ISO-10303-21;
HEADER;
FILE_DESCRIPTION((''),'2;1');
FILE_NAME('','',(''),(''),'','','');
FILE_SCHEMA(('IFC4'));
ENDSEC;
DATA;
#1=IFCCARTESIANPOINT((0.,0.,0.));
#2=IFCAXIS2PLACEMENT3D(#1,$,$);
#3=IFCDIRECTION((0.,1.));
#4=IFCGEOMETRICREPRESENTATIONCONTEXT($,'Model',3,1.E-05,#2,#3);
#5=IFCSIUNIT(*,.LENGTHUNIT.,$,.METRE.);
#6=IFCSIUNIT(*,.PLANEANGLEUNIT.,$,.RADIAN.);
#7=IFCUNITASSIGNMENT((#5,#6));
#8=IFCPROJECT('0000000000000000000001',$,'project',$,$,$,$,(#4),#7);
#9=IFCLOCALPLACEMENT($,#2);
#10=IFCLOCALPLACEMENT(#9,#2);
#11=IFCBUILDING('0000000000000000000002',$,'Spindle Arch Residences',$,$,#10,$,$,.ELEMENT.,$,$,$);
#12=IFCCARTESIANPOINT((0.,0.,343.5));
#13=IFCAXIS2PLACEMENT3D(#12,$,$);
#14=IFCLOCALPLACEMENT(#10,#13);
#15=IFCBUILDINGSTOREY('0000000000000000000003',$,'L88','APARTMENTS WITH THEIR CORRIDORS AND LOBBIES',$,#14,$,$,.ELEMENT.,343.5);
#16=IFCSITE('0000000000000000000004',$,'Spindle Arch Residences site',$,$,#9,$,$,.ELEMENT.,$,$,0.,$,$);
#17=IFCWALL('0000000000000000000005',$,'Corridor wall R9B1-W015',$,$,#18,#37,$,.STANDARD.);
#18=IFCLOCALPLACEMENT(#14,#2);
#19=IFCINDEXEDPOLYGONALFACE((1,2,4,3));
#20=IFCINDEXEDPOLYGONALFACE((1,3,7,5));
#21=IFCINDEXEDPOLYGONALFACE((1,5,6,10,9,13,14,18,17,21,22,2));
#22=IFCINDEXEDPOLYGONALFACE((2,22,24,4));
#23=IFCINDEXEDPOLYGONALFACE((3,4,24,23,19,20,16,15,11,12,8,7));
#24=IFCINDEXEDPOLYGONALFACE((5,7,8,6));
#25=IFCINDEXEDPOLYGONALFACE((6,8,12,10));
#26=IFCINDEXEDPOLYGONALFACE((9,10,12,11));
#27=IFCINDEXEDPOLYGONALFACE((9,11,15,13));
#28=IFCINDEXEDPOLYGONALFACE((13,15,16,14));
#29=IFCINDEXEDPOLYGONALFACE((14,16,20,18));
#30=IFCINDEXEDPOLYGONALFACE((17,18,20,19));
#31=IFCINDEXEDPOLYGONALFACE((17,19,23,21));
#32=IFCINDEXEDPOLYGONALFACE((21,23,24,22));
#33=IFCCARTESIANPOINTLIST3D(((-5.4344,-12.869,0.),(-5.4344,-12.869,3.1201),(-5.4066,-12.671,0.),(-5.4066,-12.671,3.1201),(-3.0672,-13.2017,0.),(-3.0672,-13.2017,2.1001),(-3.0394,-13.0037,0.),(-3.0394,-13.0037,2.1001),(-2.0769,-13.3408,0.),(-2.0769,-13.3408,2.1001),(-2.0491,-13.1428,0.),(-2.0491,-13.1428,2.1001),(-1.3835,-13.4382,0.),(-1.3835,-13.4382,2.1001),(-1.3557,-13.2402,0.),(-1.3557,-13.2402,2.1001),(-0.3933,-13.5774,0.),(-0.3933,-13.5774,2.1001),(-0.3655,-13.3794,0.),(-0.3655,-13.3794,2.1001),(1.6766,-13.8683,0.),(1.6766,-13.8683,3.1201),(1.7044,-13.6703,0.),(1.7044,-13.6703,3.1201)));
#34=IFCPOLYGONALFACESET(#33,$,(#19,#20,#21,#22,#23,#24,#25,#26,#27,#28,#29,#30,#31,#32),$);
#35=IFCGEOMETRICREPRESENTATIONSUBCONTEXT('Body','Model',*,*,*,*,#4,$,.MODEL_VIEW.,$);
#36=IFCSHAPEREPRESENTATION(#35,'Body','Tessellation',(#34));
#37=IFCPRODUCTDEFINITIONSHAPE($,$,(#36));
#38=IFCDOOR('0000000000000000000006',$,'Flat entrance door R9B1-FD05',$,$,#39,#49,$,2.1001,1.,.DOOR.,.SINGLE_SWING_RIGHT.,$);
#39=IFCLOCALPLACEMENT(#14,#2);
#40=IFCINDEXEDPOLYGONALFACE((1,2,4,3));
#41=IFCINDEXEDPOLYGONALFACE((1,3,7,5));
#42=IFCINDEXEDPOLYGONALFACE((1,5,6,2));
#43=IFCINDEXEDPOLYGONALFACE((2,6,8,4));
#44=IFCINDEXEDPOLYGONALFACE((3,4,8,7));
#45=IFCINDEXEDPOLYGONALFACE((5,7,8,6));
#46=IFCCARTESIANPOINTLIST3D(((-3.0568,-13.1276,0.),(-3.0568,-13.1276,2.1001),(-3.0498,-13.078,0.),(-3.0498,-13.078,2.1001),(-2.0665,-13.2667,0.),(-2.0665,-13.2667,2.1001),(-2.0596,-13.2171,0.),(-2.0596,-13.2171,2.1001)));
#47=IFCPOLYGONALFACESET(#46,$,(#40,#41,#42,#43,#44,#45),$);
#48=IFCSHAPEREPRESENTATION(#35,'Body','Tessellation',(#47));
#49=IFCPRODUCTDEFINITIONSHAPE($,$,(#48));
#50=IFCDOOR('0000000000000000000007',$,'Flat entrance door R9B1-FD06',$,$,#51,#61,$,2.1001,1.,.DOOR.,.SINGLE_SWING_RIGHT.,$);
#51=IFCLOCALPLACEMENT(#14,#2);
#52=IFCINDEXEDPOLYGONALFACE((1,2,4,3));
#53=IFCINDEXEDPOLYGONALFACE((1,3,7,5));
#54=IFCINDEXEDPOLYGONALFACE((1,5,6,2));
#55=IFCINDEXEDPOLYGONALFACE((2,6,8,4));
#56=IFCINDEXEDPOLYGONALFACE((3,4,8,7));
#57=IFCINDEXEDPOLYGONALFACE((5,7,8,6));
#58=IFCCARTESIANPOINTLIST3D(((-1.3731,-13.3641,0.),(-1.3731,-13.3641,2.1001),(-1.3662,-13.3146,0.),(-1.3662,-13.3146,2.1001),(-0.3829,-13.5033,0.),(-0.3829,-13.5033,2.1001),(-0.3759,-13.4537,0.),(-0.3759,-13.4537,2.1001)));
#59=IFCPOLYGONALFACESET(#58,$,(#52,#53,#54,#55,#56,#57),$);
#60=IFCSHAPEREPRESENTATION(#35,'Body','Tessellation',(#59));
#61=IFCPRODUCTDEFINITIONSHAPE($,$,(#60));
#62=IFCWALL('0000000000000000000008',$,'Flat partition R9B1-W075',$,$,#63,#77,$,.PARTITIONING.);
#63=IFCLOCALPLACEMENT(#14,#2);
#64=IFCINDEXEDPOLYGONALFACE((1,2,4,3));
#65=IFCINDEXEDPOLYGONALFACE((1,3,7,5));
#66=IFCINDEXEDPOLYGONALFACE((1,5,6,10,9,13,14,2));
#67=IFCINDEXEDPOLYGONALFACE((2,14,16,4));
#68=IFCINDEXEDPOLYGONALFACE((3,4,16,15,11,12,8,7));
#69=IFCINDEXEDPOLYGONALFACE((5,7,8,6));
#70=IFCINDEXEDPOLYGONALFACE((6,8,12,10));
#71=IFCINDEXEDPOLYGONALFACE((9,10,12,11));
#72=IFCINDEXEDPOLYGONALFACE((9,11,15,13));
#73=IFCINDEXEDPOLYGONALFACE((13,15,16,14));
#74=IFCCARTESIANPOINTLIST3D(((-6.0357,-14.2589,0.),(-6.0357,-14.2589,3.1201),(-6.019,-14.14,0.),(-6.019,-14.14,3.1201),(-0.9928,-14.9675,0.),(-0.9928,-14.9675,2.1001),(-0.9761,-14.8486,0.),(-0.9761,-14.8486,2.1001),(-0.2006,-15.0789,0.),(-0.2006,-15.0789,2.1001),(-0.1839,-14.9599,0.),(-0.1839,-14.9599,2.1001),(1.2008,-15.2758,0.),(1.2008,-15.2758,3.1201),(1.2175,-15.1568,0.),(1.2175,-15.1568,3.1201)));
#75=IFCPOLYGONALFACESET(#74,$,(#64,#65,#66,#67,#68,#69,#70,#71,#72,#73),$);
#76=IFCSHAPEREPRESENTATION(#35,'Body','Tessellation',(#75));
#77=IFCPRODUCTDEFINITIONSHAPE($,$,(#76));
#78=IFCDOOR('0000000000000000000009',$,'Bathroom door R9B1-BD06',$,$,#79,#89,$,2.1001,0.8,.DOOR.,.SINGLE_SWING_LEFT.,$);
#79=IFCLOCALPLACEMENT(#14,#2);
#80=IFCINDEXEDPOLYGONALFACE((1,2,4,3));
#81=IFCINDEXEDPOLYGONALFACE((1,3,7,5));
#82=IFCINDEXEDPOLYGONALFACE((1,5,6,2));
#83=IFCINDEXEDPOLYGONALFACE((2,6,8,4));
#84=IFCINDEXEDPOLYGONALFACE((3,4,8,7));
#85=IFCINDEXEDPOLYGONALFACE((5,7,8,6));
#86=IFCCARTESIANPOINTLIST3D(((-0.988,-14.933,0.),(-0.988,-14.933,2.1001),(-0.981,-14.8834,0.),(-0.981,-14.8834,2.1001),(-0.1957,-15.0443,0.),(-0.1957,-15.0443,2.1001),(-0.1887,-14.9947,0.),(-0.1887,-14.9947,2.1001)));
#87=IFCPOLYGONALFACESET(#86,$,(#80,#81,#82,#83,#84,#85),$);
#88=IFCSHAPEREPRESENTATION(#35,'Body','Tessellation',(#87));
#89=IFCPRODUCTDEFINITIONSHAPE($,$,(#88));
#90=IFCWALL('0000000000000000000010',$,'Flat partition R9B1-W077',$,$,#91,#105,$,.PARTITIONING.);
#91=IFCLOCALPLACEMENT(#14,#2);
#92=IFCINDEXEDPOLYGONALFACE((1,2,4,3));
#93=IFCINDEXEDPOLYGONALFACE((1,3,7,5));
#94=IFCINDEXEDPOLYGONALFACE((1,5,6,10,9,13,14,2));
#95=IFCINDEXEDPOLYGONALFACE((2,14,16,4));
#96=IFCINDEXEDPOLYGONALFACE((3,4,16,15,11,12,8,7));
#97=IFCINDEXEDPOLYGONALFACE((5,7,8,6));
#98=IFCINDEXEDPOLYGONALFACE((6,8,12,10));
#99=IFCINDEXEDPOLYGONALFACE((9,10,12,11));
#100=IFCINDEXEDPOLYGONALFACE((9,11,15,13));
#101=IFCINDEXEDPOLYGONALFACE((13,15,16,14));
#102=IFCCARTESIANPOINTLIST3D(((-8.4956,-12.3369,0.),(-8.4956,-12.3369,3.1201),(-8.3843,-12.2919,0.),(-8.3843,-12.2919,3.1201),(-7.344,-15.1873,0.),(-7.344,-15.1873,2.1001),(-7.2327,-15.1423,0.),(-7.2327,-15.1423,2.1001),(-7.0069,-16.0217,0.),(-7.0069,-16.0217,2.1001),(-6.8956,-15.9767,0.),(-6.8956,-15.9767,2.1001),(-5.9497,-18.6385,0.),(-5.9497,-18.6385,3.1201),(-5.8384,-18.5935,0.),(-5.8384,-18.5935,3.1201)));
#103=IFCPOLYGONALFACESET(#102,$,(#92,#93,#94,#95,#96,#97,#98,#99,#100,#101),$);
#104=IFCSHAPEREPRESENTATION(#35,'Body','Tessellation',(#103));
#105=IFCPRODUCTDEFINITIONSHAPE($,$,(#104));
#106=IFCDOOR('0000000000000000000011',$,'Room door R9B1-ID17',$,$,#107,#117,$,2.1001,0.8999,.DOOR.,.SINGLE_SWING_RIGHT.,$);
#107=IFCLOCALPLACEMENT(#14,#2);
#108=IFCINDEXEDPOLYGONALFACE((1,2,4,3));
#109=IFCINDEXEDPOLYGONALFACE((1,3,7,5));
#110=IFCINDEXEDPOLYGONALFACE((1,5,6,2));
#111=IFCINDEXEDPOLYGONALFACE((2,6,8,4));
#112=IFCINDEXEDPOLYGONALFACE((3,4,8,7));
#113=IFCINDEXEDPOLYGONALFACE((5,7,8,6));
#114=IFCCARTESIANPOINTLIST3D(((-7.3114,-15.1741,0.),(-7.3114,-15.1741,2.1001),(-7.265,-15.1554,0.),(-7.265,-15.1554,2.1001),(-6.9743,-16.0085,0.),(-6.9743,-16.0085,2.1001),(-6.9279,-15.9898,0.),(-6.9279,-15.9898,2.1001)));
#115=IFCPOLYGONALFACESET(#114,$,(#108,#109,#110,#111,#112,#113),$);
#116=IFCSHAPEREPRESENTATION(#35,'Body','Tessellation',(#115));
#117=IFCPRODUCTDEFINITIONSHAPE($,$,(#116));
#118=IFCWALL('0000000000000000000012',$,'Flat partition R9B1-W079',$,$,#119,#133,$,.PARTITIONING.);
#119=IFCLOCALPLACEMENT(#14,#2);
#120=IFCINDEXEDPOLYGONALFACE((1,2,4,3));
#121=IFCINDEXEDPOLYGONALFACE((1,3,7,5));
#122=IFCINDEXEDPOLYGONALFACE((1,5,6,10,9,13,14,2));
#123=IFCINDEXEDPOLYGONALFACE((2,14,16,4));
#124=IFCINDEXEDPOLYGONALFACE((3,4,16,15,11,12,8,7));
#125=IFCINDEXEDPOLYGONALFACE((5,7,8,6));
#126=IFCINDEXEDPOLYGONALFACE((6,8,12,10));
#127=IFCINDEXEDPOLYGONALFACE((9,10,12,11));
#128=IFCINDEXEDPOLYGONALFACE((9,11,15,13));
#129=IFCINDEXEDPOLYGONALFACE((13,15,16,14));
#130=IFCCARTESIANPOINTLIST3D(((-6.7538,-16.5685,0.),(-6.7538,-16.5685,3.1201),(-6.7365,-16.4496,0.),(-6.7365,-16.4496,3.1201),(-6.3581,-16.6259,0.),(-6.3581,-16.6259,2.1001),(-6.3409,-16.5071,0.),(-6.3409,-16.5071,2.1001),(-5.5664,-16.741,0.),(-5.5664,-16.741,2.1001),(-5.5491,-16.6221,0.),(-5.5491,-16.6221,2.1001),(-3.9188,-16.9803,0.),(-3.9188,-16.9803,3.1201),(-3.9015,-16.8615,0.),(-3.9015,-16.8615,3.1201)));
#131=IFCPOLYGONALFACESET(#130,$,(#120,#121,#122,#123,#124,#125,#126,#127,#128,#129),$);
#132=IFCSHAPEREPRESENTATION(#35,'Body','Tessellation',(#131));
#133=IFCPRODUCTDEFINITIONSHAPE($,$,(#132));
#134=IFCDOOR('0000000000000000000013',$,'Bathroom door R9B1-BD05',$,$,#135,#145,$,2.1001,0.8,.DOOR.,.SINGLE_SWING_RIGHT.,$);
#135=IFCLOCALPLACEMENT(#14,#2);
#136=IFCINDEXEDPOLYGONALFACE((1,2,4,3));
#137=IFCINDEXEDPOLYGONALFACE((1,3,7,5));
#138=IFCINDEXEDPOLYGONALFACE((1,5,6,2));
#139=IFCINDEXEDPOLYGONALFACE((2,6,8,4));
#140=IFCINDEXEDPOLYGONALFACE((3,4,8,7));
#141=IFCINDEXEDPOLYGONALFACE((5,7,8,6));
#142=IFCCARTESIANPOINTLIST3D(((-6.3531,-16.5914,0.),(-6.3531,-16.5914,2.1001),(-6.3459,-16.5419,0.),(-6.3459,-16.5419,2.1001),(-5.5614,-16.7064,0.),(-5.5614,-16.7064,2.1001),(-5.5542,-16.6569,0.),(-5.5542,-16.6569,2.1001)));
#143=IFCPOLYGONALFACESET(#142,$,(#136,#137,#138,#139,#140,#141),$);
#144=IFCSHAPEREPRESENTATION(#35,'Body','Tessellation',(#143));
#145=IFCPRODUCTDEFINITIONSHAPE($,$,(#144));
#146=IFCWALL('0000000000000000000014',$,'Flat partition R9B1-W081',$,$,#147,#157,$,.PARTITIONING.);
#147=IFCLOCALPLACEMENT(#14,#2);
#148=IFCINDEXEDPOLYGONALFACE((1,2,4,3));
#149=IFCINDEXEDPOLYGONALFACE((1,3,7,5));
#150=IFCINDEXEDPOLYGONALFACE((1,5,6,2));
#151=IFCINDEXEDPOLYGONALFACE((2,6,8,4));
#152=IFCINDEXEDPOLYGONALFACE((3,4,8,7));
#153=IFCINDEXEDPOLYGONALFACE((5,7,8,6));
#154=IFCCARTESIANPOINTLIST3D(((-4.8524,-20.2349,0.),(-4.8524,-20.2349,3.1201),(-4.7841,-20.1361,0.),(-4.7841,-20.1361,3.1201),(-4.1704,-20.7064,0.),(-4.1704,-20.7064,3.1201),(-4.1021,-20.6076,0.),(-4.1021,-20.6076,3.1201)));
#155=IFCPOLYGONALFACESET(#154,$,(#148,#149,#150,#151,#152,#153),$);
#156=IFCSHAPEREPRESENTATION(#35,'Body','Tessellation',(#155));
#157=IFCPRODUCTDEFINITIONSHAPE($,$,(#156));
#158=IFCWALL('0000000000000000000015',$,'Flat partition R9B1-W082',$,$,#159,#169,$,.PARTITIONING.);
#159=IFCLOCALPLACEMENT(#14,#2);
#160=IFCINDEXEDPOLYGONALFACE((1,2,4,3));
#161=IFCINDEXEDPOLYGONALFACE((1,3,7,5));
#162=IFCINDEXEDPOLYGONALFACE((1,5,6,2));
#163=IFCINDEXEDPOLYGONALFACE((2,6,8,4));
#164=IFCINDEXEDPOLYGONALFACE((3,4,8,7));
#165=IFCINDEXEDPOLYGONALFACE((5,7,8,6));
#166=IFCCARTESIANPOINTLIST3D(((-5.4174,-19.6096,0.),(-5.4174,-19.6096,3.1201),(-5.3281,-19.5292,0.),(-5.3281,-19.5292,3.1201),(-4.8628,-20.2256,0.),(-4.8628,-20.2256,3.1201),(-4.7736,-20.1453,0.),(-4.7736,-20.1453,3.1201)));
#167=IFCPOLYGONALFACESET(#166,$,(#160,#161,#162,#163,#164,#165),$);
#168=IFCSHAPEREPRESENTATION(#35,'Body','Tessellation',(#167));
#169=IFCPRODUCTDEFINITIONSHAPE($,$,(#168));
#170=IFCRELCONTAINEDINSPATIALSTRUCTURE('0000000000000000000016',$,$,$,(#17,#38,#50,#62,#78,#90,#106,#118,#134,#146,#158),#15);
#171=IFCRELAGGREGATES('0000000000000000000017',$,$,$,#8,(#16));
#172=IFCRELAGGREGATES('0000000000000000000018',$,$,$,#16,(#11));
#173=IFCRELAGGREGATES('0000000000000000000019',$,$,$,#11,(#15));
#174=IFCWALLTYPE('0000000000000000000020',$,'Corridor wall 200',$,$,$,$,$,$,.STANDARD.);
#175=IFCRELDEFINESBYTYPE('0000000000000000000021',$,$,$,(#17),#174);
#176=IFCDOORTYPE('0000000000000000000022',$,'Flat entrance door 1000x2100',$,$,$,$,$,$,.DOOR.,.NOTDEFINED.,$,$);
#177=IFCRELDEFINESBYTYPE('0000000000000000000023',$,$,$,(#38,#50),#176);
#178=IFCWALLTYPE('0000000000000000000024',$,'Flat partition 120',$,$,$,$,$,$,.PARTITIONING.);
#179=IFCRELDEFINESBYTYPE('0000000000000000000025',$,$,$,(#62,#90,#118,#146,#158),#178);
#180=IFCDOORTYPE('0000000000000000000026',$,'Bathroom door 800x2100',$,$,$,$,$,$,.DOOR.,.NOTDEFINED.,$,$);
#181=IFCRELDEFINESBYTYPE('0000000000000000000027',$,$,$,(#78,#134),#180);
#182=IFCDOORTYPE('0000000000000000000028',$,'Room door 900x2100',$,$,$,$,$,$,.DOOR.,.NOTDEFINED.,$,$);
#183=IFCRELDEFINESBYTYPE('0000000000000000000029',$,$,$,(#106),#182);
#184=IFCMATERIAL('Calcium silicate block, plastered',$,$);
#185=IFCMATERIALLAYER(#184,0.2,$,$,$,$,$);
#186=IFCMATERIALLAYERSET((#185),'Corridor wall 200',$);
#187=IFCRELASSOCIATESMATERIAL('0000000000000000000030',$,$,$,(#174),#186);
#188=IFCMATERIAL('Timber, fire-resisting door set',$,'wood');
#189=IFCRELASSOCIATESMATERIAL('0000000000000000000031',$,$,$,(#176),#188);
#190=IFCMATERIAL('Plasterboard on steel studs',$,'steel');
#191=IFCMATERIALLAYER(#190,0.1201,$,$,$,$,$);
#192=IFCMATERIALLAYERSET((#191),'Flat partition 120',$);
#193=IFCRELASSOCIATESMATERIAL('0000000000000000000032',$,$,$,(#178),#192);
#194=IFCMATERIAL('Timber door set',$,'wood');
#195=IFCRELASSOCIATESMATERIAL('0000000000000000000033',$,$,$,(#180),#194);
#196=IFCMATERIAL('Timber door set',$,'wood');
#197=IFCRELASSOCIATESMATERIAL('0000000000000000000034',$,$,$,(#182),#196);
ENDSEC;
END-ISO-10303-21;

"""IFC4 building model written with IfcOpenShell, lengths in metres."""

from ifc_helpers import new_model, si_unit, direction, frame, frame_2d, origin, place, context, subcontext, project, spatial, rectangle, extrude, material, layer, layer_set, type_object, element, fill, save


model = new_model("IFC4")

# Units and contexts
model_context = context("Model", 3, precision=1e-05, world=origin(), true_north=direction((0.0, 1.0)))
body_context = subcontext(model_context, "Body", "Model", "MODEL_VIEW")
ifc_project = project(units=[si_unit("LENGTHUNIT", "METRE"), si_unit("PLANEANGLEUNIT", "RADIAN")], contexts=[model_context])

# Site, building, storey
site_placement = place(None, origin())
site = spatial("IfcSite", under=ifc_project, at=site_placement, Name="Spindle Arch Residences site", CompositionType="ELEMENT", RefElevation=0.0)
building_placement = place(site_placement, origin())
building = spatial("IfcBuilding", under=site, at=building_placement, Name="Spindle Arch Residences", CompositionType="ELEMENT")
storey_placement = place(building_placement, frame((0.0, 0.0, 343.5)))
storey = spatial("IfcBuildingStorey", under=building, at=storey_placement, Name="L88", Description="APARTMENTS WITH THEIR CORRIDORS AND LOBBIES", CompositionType="ELEMENT", Elevation=343.5)

# Wall, openings, doors
ifc_material_1 = material(Name="Calcium silicate block, plastered")
ifc_layer_1 = layer(ifc_material_1, 0.2)
ifc_layer_set_1 = layer_set([ifc_layer_1], Name="Corridor wall 200")
wall_type_1 = type_object("IfcWallType", Name="Corridor wall 200", PredefinedType="STANDARD", material=ifc_layer_set_1)
wall_1_placement = place(storey_placement, frame((-5.4204, -12.77, 0.0), z_axis=(0.0, 0.0, 1.0), x_axis=(0.990271, -0.139155, 0.0)))
wall_1 = element("IfcWall", 1, at=wall_1_placement, inside=storey, type_object=wall_type_1, Name="Corridor wall R9B1-W015", PredefinedType="STANDARD", context=body_context, shape_type="SweptSolid", body=[
    extrude(rectangle(XDim=7.1809, YDim=0.2, at=frame_2d((3.5903, 0.0))), origin(), (0.0, 0.0, 1.0), 3.1201),
])
opening_1_placement = place(wall_1_placement, frame((2.3904, 0.0, 0.0)))
opening_1 = element("IfcOpeningElement", 2, at=opening_1_placement, cuts=wall_1, PredefinedType="OPENING", context=body_context, shape_type="SweptSolid", body=[
    extrude(rectangle(XDim=1.0, YDim=2.1001, at=frame_2d((0.5, 1.05))), frame((0.0, 0.1099, 0.0), z_axis=(0.0, -1.0, 0.0), x_axis=(1.0, 0.0, 0.0)), (0.0, 0.0, 1.0), 0.22),
])
opening_2_placement = place(wall_1_placement, frame((4.0906, 0.0, 0.0)))
opening_2 = element("IfcOpeningElement", 3, at=opening_2_placement, cuts=wall_1, PredefinedType="OPENING", context=body_context, shape_type="SweptSolid", body=[
    extrude(rectangle(XDim=1.0, YDim=2.1001, at=frame_2d((0.5, 1.05))), frame((0.0, 0.1099, 0.0), z_axis=(0.0, -1.0, 0.0), x_axis=(1.0, 0.0, 0.0)), (0.0, 0.0, 1.0), 0.22),
])
ifc_material_2 = material(Name="Timber, fire-resisting door set", Category="wood")
door_type_1 = type_object("IfcDoorType", Name="Flat entrance door 1000x2100", OperationType="NOTDEFINED", PredefinedType="DOOR", material=ifc_material_2)
door_1_placement = place(opening_1_placement, origin())
door_1 = element("IfcDoor", 4, at=door_1_placement, inside=storey, type_object=door_type_1, Name="Flat entrance door R9B1-FD05", OperationType="SINGLE_SWING_RIGHT", OverallHeight=2.1001, OverallWidth=1.0, PredefinedType="DOOR", context=body_context, shape_type="SweptSolid", body=[
    extrude(rectangle(XDim=1.0, YDim=2.1001, at=frame_2d((0.5, 1.05))), frame((0.0, 0.0249, 0.0), z_axis=(0.0, -1.0, 0.0), x_axis=(1.0, 0.0, 0.0)), (0.0, 0.0, 1.0), 0.05),
])
fill(opening_1, door_1)
door_2_placement = place(opening_2_placement, origin())
door_2 = element("IfcDoor", 5, at=door_2_placement, inside=storey, type_object=door_type_1, Name="Flat entrance door R9B1-FD06", OperationType="SINGLE_SWING_RIGHT", OverallHeight=2.1001, OverallWidth=1.0, PredefinedType="DOOR", context=body_context, shape_type="SweptSolid", body=[
    extrude(rectangle(XDim=1.0, YDim=2.1001, at=frame_2d((0.5, 1.05))), frame((0.0, 0.0249, 0.0), z_axis=(0.0, -1.0, 0.0), x_axis=(1.0, 0.0, 0.0)), (0.0, 0.0, 1.0), 0.05),
])
fill(opening_2, door_2)

# Walls, openings, doors
ifc_material_3 = material(Name="Plasterboard on steel studs", Category="steel")
ifc_layer_2 = layer(ifc_material_3, 0.1201)
ifc_layer_set_2 = layer_set([ifc_layer_2], Name="Flat partition 120")
wall_type_2 = type_object("IfcWallType", Name="Flat partition 120", PredefinedType="PARTITIONING", material=ifc_layer_set_2)
wall_2_placement = place(storey_placement, frame((-6.0273, -14.1995, 0.0), z_axis=(0.0, 0.0, 1.0), x_axis=(0.990272, -0.139148, 0.0)))
wall_2 = element("IfcWall", 6, at=wall_2_placement, inside=storey, type_object=wall_type_2, Name="Flat partition R9B1-W075", PredefinedType="PARTITIONING", context=body_context, shape_type="SweptSolid", body=[
    extrude(rectangle(XDim=7.3076, YDim=0.1201, at=frame_2d((3.6538, 0.0))), origin(), (0.0, 0.0, 1.0), 3.1201),
])
opening_3_placement = place(wall_2_placement, frame((5.0925, 0.0, 0.0)))
opening_3 = element("IfcOpeningElement", 7, at=opening_3_placement, cuts=wall_2, PredefinedType="OPENING", context=body_context, shape_type="SweptSolid", body=[
    extrude(rectangle(XDim=0.8, YDim=2.1001, at=frame_2d((0.3999, 1.05))), frame((0.0, 0.0701, 0.0), z_axis=(0.0, -1.0, 0.0), x_axis=(1.0, 0.0, 0.0)), (0.0, 0.0, 1.0), 0.1401),
])
ifc_material_4 = material(Name="Timber door set", Category="wood")
door_type_2 = type_object("IfcDoorType", Name="Bathroom door 800x2100", OperationType="NOTDEFINED", PredefinedType="DOOR", material=ifc_material_4)
door_3_placement = place(opening_3_placement, origin())
door_3 = element("IfcDoor", 8, at=door_3_placement, inside=storey, type_object=door_type_2, Name="Bathroom door R9B1-BD06", OperationType="SINGLE_SWING_LEFT", OverallHeight=2.1001, OverallWidth=0.8, PredefinedType="DOOR", context=body_context, shape_type="SweptSolid", body=[
    extrude(rectangle(XDim=0.8, YDim=2.1001, at=frame_2d((0.3999, 1.05))), frame((0.0, 0.0249, 0.0), z_axis=(0.0, -1.0, 0.0), x_axis=(1.0, 0.0, 0.0)), (0.0, 0.0, 1.0), 0.05),
])
fill(opening_3, door_3)
wall_3_placement = place(storey_placement, frame((-5.894, -18.616, 0.0), z_axis=(0.0, 0.0, 1.0), x_axis=(-0.374597, 0.927188, 0.0)))
wall_3 = element("IfcWall", 9, at=wall_3_placement, inside=storey, type_object=wall_type_2, Name="Flat partition R9B1-W077", PredefinedType="PARTITIONING", context=body_context, shape_type="SweptSolid", body=[
    extrude(rectangle(XDim=6.7964, YDim=0.1201, at=frame_2d((3.3982, 0.0))), origin(), (0.0, 0.0, 1.0), 3.1201),
])
opening_4_placement = place(wall_3_placement, frame((2.8223, 0.0, 0.0)))
opening_4 = element("IfcOpeningElement", 10, at=opening_4_placement, cuts=wall_3, PredefinedType="OPENING", context=body_context, shape_type="SweptSolid", body=[
    extrude(rectangle(XDim=0.8999, YDim=2.1001, at=frame_2d((0.45, 1.05))), frame((0.0, 0.0701, 0.0), z_axis=(0.0, -1.0, 0.0), x_axis=(1.0, 0.0, 0.0)), (0.0, 0.0, 1.0), 0.1401),
])
ifc_material_5 = material(Name="Timber door set", Category="wood")
door_type_3 = type_object("IfcDoorType", Name="Room door 900x2100", OperationType="NOTDEFINED", PredefinedType="DOOR", material=ifc_material_5)
door_4_placement = place(opening_4_placement, origin())
door_4 = element("IfcDoor", 11, at=door_4_placement, inside=storey, type_object=door_type_3, Name="Room door R9B1-ID17", OperationType="SINGLE_SWING_RIGHT", OverallHeight=2.1001, OverallWidth=0.8999, PredefinedType="DOOR", context=body_context, shape_type="SweptSolid", body=[
    extrude(rectangle(XDim=0.8999, YDim=2.1001, at=frame_2d((0.45, 1.05))), frame((0.0, 0.0249, 0.0), z_axis=(0.0, -1.0, 0.0), x_axis=(1.0, 0.0, 0.0)), (0.0, 0.0, 1.0), 0.05),
])
fill(opening_4, door_4)
wall_4_placement = place(storey_placement, frame((-6.7451, -16.509, 0.0), z_axis=(0.0, 0.0, 1.0), x_axis=(0.989611, -0.143771, 0.0)))
wall_4 = element("IfcWall", 12, at=wall_4_placement, inside=storey, type_object=wall_type_2, Name="Flat partition R9B1-W079", PredefinedType="PARTITIONING", context=body_context, shape_type="SweptSolid", body=[
    extrude(rectangle(XDim=2.8647, YDim=0.1201, at=frame_2d((1.4324, 0.0))), origin(), (0.0, 0.0, 1.0), 3.1201),
])
opening_5_placement = place(wall_4_placement, frame((0.3999, 0.0, 0.0)))
opening_5 = element("IfcOpeningElement", 13, at=opening_5_placement, cuts=wall_4, PredefinedType="OPENING", context=body_context, shape_type="SweptSolid", body=[
    extrude(rectangle(XDim=0.8, YDim=2.1001, at=frame_2d((0.3999, 1.05))), frame((0.0, 0.0701, 0.0), z_axis=(0.0, -1.0, 0.0), x_axis=(1.0, 0.0, 0.0)), (0.0, 0.0, 1.0), 0.1401),
])
door_5_placement = place(opening_5_placement, origin())
door_5 = element("IfcDoor", 14, at=door_5_placement, inside=storey, type_object=door_type_2, Name="Bathroom door R9B1-BD05", OperationType="SINGLE_SWING_RIGHT", OverallHeight=2.1001, OverallWidth=0.8, PredefinedType="DOOR", context=body_context, shape_type="SweptSolid", body=[
    extrude(rectangle(XDim=0.8, YDim=2.1001, at=frame_2d((0.3999, 1.05))), frame((0.0, 0.0249, 0.0), z_axis=(0.0, -1.0, 0.0), x_axis=(1.0, 0.0, 0.0)), (0.0, 0.0, 1.0), 0.05),
])
fill(opening_5, door_5)

# Walls
wall_5_placement = place(storey_placement, frame((-4.1362, -20.657, 0.0), z_axis=(0.0, 0.0, 1.0), x_axis=(-0.822553, 0.568689, 0.0)))
element("IfcWall", 15, at=wall_5_placement, inside=storey, type_object=wall_type_2, Name="Flat partition R9B1-W081", PredefinedType="PARTITIONING", context=body_context, shape_type="SweptSolid", body=[
    extrude(rectangle(XDim=0.8291, YDim=0.1201, at=frame_2d((0.4146, 0.0))), origin(), (0.0, 0.0, 1.0), 3.1201),
])
wall_6_placement = place(storey_placement, frame((-4.8181, -20.1855, 0.0), z_axis=(0.0, 0.0, 1.0), x_axis=(-0.669014, 0.74325, 0.0)))
element("IfcWall", 16, at=wall_6_placement, inside=storey, type_object=wall_type_2, Name="Flat partition R9B1-W082", PredefinedType="PARTITIONING", context=body_context, shape_type="SweptSolid", body=[
    extrude(rectangle(XDim=0.8289, YDim=0.1201, at=frame_2d((0.4146, 0.0))), origin(), (0.0, 0.0, 1.0), 3.1201),
])

save(model, "model.ifc")
